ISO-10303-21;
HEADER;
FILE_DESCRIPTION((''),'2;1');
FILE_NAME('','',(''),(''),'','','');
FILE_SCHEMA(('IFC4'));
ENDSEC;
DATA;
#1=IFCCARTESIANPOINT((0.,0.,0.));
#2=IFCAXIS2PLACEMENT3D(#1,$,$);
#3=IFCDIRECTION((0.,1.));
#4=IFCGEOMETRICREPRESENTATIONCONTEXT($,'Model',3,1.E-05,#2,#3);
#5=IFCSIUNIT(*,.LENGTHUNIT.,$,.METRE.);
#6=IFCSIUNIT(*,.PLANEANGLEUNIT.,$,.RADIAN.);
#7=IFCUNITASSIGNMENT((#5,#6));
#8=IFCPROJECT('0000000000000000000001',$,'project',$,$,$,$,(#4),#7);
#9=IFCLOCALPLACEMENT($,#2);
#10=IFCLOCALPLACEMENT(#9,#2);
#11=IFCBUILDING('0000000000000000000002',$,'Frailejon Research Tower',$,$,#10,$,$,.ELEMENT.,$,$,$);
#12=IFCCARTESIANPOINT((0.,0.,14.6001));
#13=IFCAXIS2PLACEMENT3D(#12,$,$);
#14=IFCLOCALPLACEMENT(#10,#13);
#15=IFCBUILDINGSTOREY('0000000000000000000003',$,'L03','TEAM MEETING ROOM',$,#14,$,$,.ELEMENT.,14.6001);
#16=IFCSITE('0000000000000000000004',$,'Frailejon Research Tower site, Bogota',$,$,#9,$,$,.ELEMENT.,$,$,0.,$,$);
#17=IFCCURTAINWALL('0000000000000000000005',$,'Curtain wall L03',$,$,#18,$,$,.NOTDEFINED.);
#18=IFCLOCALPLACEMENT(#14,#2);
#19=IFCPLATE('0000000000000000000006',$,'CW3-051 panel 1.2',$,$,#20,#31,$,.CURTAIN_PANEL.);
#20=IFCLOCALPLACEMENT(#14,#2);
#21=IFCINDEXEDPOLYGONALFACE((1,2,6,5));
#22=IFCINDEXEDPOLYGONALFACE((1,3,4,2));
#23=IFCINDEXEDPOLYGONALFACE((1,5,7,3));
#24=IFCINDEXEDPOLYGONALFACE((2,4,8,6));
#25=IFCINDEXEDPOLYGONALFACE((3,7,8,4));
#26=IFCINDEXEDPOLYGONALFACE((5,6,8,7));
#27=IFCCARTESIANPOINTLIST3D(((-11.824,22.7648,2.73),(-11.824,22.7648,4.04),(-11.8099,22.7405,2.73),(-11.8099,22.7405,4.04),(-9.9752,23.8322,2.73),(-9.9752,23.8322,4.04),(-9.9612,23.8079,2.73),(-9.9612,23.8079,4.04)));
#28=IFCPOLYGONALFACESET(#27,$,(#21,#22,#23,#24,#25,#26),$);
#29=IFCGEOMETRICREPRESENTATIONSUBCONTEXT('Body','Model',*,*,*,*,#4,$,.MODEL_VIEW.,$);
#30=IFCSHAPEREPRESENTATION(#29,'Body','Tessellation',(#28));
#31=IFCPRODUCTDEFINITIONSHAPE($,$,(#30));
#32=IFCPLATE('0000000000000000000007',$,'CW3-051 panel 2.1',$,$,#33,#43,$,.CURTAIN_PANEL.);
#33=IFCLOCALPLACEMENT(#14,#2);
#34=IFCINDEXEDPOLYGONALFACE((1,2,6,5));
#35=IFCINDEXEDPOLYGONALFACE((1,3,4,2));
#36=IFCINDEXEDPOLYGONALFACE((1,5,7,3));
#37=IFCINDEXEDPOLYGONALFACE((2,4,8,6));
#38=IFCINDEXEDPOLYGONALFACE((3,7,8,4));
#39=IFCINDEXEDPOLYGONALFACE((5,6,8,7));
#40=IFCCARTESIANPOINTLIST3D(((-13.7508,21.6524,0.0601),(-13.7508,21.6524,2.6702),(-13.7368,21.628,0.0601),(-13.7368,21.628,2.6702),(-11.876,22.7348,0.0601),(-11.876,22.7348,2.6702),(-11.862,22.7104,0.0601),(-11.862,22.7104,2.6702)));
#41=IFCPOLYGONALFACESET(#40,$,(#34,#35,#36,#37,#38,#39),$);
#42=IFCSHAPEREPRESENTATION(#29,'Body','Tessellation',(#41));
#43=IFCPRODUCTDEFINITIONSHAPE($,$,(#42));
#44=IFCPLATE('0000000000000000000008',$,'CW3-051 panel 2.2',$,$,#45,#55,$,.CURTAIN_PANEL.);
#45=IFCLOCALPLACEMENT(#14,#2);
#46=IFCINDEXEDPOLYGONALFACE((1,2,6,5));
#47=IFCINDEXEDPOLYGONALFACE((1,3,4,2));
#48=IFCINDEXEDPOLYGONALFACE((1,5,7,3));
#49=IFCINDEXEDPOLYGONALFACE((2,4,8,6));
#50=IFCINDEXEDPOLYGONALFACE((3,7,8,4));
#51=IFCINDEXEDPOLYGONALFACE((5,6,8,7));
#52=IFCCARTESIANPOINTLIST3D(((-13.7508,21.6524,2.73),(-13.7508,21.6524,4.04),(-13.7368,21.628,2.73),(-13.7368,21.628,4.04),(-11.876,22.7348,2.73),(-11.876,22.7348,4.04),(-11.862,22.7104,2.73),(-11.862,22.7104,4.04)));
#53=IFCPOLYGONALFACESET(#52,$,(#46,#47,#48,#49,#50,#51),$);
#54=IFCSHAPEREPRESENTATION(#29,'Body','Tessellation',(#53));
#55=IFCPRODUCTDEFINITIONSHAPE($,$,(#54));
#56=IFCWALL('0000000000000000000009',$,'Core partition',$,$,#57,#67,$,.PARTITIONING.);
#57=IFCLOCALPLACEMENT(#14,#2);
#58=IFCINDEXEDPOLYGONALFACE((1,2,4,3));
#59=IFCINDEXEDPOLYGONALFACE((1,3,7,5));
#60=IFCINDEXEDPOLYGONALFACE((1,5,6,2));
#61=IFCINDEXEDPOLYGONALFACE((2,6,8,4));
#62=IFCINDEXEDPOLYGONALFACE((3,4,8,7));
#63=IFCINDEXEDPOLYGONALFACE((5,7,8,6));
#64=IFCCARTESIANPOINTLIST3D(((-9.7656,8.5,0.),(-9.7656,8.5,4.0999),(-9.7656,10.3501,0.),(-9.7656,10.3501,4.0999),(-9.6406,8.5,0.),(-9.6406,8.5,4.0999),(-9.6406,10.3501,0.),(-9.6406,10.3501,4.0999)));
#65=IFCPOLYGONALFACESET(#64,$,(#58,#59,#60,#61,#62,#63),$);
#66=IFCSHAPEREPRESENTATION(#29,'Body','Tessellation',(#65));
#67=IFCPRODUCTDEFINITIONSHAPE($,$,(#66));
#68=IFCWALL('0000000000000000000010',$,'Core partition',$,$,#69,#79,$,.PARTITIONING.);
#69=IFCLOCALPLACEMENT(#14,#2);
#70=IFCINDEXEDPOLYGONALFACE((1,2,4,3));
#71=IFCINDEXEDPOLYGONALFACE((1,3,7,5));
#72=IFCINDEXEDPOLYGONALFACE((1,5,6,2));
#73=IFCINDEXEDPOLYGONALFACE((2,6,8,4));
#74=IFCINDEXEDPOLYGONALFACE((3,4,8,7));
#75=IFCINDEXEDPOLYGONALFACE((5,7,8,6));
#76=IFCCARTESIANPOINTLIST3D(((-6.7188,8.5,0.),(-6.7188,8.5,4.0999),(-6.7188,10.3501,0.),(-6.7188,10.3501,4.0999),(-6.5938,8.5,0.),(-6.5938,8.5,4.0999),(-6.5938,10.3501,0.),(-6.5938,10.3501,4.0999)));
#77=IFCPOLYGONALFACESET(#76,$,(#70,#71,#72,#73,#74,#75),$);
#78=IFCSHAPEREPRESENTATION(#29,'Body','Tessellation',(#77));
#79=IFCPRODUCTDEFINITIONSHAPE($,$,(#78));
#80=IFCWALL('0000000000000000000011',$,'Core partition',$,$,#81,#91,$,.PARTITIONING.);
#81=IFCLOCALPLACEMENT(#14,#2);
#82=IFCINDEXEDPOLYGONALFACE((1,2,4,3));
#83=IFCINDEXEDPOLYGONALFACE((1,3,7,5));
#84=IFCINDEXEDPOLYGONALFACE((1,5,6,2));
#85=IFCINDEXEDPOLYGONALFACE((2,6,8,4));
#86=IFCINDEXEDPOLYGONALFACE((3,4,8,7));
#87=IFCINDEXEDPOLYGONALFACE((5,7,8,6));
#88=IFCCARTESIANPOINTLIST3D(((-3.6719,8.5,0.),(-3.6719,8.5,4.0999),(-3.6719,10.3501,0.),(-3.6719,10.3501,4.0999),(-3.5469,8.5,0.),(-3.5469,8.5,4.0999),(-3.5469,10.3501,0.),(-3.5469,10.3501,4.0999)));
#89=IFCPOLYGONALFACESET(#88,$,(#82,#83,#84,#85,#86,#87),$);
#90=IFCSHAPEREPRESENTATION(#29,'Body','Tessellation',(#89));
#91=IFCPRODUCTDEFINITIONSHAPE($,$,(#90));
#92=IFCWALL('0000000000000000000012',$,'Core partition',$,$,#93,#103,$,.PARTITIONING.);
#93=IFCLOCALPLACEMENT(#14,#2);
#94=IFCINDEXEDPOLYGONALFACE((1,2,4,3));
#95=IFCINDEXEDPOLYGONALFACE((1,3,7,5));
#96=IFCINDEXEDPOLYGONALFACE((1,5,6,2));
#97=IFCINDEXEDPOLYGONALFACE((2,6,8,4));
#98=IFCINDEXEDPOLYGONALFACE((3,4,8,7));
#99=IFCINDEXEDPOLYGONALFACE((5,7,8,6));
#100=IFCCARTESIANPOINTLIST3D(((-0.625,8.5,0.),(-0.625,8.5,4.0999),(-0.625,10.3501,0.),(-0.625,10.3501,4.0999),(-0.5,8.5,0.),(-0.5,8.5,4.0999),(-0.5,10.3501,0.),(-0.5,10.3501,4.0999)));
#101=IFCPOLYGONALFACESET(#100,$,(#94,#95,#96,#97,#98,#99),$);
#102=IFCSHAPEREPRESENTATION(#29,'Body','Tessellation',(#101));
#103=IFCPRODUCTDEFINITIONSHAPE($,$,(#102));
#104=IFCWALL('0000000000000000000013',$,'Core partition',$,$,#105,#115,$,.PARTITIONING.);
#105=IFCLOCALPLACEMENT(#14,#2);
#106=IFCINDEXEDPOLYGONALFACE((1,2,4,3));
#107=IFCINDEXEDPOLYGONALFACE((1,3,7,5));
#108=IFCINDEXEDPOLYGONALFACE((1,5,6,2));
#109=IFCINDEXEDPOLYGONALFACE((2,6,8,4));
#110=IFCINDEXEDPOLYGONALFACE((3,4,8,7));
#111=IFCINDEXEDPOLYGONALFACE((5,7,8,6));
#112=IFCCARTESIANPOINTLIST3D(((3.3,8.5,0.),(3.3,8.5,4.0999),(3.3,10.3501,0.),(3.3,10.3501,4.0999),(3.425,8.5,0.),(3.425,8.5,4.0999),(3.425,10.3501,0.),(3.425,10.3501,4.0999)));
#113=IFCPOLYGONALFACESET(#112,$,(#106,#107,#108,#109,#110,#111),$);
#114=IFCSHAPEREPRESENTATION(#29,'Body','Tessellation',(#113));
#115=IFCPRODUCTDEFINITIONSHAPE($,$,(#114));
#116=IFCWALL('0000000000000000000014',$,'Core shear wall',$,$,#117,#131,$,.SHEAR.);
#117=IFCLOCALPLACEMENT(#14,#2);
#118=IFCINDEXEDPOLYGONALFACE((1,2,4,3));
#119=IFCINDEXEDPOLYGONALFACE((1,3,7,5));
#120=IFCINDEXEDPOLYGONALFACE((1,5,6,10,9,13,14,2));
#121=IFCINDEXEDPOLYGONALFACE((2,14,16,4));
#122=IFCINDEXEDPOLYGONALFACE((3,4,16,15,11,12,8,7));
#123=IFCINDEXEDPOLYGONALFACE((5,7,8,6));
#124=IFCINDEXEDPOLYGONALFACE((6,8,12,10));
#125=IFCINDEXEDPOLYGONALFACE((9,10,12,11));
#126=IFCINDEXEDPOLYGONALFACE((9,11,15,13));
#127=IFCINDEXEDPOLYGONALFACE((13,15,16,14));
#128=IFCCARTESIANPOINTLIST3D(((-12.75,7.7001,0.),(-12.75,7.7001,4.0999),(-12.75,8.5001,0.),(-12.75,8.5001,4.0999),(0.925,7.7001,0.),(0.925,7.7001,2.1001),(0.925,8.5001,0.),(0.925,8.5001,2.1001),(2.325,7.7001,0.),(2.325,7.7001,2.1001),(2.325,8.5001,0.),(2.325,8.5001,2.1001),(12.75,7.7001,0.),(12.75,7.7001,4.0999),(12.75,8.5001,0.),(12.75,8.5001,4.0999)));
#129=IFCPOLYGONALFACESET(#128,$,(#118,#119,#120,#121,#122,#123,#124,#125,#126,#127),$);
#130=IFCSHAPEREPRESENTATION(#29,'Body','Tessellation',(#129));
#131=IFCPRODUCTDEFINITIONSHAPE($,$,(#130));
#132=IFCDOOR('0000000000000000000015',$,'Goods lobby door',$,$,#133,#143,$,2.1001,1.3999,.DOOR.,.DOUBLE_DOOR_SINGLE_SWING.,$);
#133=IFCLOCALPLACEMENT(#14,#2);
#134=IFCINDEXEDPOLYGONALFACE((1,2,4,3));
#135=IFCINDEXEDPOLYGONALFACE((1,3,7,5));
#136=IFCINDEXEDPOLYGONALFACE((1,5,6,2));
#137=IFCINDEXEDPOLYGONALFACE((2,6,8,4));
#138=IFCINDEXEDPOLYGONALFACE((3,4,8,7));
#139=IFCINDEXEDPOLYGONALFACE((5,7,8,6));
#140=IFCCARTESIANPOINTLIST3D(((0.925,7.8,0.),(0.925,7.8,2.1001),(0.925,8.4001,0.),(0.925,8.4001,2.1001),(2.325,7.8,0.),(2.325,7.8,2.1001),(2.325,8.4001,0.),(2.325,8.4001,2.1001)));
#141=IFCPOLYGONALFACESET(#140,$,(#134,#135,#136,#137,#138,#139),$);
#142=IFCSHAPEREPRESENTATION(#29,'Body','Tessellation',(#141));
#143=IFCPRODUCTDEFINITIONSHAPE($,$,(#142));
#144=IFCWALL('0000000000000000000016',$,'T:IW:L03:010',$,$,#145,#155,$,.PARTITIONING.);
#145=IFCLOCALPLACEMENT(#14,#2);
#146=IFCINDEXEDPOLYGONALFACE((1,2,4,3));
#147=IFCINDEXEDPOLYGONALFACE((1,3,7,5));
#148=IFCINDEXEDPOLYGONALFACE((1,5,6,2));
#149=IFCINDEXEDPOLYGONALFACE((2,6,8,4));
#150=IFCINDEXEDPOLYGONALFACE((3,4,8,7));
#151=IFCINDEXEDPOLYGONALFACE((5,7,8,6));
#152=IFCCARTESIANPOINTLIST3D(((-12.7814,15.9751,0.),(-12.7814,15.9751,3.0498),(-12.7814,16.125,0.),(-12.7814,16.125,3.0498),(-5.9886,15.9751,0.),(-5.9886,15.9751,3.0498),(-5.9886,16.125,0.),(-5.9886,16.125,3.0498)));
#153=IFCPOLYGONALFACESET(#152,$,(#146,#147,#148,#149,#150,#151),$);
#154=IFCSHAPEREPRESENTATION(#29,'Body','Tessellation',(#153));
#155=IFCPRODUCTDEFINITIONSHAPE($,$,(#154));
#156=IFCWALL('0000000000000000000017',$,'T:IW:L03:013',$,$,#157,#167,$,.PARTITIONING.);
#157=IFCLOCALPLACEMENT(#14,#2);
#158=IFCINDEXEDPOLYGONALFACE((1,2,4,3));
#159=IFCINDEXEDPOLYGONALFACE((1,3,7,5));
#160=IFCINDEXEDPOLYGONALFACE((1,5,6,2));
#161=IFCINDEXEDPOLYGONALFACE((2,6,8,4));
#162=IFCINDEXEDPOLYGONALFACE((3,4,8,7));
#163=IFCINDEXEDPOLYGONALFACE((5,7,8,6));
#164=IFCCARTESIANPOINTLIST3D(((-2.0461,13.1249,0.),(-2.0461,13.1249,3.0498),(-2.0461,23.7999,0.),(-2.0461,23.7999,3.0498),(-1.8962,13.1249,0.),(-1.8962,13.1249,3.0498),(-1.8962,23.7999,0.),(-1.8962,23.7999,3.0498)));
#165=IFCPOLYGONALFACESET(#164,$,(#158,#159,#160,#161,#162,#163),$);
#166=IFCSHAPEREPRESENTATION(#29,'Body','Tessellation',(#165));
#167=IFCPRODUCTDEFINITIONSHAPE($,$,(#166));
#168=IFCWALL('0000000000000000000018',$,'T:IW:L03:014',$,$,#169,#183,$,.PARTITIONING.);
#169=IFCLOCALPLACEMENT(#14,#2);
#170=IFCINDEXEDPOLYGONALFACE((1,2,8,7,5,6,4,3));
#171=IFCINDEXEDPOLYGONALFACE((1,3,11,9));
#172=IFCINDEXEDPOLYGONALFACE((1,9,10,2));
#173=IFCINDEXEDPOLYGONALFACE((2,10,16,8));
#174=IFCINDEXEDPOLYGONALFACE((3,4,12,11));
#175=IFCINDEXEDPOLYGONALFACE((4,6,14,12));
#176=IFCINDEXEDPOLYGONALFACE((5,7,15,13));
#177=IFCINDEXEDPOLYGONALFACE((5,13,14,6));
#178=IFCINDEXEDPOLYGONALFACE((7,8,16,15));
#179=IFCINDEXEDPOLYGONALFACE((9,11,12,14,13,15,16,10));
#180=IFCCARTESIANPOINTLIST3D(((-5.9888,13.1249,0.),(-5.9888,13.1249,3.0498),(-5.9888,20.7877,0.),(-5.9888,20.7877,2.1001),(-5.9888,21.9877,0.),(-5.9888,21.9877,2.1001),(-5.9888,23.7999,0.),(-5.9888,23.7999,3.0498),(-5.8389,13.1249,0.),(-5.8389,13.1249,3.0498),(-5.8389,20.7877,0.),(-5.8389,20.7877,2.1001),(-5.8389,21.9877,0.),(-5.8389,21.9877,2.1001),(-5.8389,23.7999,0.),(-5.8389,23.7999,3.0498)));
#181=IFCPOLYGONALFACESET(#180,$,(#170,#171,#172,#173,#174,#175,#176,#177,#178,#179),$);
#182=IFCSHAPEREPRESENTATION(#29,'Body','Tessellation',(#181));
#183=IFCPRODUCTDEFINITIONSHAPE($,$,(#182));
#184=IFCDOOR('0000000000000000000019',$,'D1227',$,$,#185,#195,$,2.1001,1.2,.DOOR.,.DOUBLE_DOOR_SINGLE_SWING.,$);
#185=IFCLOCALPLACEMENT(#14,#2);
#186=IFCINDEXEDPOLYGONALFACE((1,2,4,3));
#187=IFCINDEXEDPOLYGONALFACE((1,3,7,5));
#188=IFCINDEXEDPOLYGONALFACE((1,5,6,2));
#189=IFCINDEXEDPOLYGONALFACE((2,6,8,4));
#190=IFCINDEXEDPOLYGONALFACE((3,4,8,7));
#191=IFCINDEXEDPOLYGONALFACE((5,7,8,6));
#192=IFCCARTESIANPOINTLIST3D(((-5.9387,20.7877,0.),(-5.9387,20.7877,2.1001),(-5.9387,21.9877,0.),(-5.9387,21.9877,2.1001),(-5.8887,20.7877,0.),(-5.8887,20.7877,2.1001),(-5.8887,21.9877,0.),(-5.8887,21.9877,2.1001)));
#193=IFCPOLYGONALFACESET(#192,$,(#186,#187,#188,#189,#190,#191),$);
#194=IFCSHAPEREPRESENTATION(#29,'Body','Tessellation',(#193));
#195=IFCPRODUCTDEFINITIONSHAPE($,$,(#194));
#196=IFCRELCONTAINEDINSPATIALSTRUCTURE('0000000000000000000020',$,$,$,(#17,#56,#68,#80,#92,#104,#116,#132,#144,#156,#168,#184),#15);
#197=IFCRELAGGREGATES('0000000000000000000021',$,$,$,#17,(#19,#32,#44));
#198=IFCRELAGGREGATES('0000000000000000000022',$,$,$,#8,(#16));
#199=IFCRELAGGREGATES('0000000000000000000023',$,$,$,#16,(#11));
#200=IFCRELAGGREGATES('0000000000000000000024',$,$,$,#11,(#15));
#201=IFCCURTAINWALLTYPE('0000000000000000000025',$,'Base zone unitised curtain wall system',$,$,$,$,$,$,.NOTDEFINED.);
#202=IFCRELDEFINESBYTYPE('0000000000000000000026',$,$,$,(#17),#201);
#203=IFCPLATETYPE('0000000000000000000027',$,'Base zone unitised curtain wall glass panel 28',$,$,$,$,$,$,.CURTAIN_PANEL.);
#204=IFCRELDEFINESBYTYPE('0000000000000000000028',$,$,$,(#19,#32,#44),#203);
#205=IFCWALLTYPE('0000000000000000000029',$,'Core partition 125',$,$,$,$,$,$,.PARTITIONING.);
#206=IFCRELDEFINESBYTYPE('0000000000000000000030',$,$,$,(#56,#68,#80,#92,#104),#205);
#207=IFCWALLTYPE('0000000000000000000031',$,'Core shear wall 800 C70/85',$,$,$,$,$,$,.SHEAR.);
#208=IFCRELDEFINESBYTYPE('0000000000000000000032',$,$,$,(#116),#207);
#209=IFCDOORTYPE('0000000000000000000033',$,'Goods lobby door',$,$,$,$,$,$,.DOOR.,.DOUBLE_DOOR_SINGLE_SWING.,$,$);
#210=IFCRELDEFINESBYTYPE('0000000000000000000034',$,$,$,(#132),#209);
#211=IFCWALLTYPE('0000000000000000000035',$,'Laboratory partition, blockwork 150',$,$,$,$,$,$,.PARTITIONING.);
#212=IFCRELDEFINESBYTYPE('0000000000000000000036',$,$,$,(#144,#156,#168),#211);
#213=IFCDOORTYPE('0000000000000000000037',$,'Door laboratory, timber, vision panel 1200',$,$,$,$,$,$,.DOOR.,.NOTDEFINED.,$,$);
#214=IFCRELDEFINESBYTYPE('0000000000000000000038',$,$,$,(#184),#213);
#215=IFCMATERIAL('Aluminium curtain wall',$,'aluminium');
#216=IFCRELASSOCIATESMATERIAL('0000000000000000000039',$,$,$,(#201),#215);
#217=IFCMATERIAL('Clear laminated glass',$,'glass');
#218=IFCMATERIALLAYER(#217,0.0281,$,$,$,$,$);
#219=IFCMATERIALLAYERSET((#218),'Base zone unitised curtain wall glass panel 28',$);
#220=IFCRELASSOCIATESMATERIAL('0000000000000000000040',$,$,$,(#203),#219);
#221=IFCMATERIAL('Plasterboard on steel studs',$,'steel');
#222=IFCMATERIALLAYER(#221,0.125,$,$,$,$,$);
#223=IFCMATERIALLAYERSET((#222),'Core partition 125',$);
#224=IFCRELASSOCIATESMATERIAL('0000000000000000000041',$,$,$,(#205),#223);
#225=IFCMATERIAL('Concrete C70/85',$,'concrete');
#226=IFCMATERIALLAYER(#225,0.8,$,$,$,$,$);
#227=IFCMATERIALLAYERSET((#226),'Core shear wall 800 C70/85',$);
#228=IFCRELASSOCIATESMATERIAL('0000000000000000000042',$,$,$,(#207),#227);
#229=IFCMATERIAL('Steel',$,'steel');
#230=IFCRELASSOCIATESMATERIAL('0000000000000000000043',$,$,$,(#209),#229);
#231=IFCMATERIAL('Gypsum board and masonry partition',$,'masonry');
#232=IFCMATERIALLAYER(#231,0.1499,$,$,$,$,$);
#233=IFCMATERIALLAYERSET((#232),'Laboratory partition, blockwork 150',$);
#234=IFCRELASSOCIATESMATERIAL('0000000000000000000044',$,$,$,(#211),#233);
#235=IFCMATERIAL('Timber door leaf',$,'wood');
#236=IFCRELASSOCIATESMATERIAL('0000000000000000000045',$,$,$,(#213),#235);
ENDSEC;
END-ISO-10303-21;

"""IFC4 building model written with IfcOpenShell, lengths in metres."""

from ifc_helpers import new_model, si_unit, direction, frame, frame_2d, origin, origin_2d, place, context, subcontext, project, spatial, rectangle, extrude, material, layer, layer_set, type_object, element, fill, aggregate, save


model = new_model("IFC4")

# Units and contexts
model_context = context("Model", 3, precision=1e-05, world=origin(), true_north=direction((0.0, 1.0)))
body_context = subcontext(model_context, "Body", "Model", "MODEL_VIEW")
ifc_project = project(units=[si_unit("LENGTHUNIT", "METRE"), si_unit("PLANEANGLEUNIT", "RADIAN")], contexts=[model_context])

# Site, building, storey
site_placement = place(None, origin())
site = spatial("IfcSite", under=ifc_project, at=site_placement, Name="Frailejon Research Tower site, Bogota", CompositionType="ELEMENT", RefElevation=0.0)
building_placement = place(site_placement, origin())
building = spatial("IfcBuilding", under=site, at=building_placement, Name="Frailejon Research Tower", CompositionType="ELEMENT")
storey_placement = place(building_placement, frame((0.0, 0.0, 14.6001)))
storey = spatial("IfcBuildingStorey", under=building, at=storey_placement, Name="L03", Description="TEAM MEETING ROOM", CompositionType="ELEMENT", Elevation=14.6001)

# Shared definitions
ifc_material_1 = material(Name="Aluminium curtain wall", Category="aluminium")
curtain_wall_type = type_object("IfcCurtainWallType", Name="Base zone unitised curtain wall system", PredefinedType="NOTDEFINED", material=ifc_material_1)

# Curtain wall
curtain_wall_1_placement = place(storey_placement, origin())
curtain_wall_1 = element("IfcCurtainWall", 1, at=curtain_wall_1_placement, inside=storey, type_object=curtain_wall_type, Name="Curtain wall L03", PredefinedType="NOTDEFINED")

# Plates
ifc_material_2 = material(Name="Clear laminated glass", Category="glass")
ifc_layer_1 = layer(ifc_material_2, 0.0281)
ifc_layer_set_1 = layer_set([ifc_layer_1], Name="Base zone unitised curtain wall glass panel 28")
plate_type = type_object("IfcPlateType", Name="Base zone unitised curtain wall glass panel 28", PredefinedType="CURTAIN_PANEL", material=ifc_layer_set_1)
plate_1_placement = place(storey_placement, frame((-10.8926, 23.2864, 2.73), z_axis=(0.0, 0.0, 1.0), x_axis=(-0.866026, -0.499998, 0.0)))
plate_1 = element("IfcPlate", 2, at=plate_1_placement, type_object=plate_type, Name="CW3-051 panel 1.2", PredefinedType="CURTAIN_PANEL", context=body_context, shape_type="SweptSolid", body=[
    extrude(rectangle(XDim=2.1348, YDim=0.0281, at=origin_2d()), origin(), (0.0, 0.0, 1.0), 1.3101),
])
plate_2_placement = place(storey_placement, frame((-12.8064, 22.1814, 0.0601), z_axis=(0.0, 0.0, 1.0), x_axis=(-0.866026, -0.499998, 0.0)))
plate_2 = element("IfcPlate", 3, at=plate_2_placement, type_object=plate_type, Name="CW3-051 panel 2.1", PredefinedType="CURTAIN_PANEL", context=body_context, shape_type="SweptSolid", body=[
    extrude(rectangle(XDim=2.1648, YDim=0.0281, at=origin_2d()), origin(), (0.0, 0.0, 1.0), 2.6101),
])
plate_3_placement = place(storey_placement, frame((-12.8064, 22.1814, 2.73), z_axis=(0.0, 0.0, 1.0), x_axis=(-0.866026, -0.499998, 0.0)))
plate_3 = element("IfcPlate", 4, at=plate_3_placement, type_object=plate_type, Name="CW3-051 panel 2.2", PredefinedType="CURTAIN_PANEL", context=body_context, shape_type="SweptSolid", body=[
    extrude(rectangle(XDim=2.1648, YDim=0.0281, at=origin_2d()), origin(), (0.0, 0.0, 1.0), 1.3101),
])
aggregate(curtain_wall_1, [plate_1, plate_2, plate_3])

# Walls
ifc_material_3 = material(Name="Plasterboard on steel studs", Category="steel")
ifc_layer_2 = layer(ifc_material_3, 0.125)
ifc_layer_set_2 = layer_set([ifc_layer_2], Name="Core partition 125")
wall_type_1 = type_object("IfcWallType", Name="Core partition 125", PredefinedType="PARTITIONING", material=ifc_layer_set_2)
for number, where, z_axis, x_axis, name in (
    (5, (-9.7031, 8.5, 0.0), (0.0, 0.0, 1.0), (0.0, 1.0, 0.0), "Core partition"),
    (6, (-6.6562, 8.5, 0.0), (0.0, 0.0, 1.0), (0.0, 1.0, 0.0), "Core partition"),
    (7, (-3.6094, 8.5, 0.0), (0.0, 0.0, 1.0), (0.0, 1.0, 0.0), "Core partition"),
    (8, (-0.5625, 8.5, 0.0), (0.0, 0.0, 1.0), (0.0, 1.0, 0.0), "Core partition"),
    (9, (3.3625, 8.5, 0.0), (0.0, 0.0, 1.0), (0.0, 1.0, 0.0), "Core partition"),
):
    element("IfcWall", number, at=place(storey_placement, frame(where, z_axis=z_axis, x_axis=x_axis)), inside=storey, type_object=wall_type_1, Name=name, PredefinedType="PARTITIONING", context=body_context, shape_type="SweptSolid", body=[
        extrude(rectangle(XDim=1.8501, YDim=0.125, at=frame_2d((0.925, 0.0))), origin(), (0.0, 0.0, 1.0), 4.0999),
    ])

# Wall, opening, door
ifc_material_4 = material(Name="Concrete C70/85", Category="concrete")
ifc_layer_3 = layer(ifc_material_4, 0.8)
ifc_layer_set_3 = layer_set([ifc_layer_3], Name="Core shear wall 800 C70/85")
wall_type_2 = type_object("IfcWallType", Name="Core shear wall 800 C70/85", PredefinedType="SHEAR", material=ifc_layer_set_3)
wall_1_placement = place(storey_placement, frame((-12.75, 8.1001, 0.0), z_axis=(0.0, 0.0, 1.0), x_axis=(1.0, 0.0, 0.0)))
wall_1 = element("IfcWall", 10, at=wall_1_placement, inside=storey, type_object=wall_type_2, Name="Core shear wall", PredefinedType="SHEAR", context=body_context, shape_type="SweptSolid", body=[
    extrude(rectangle(XDim=25.5, YDim=0.8, at=frame_2d((12.75, 0.0))), origin(), (0.0, 0.0, 1.0), 4.0999),
])
opening_1_placement = place(wall_1_placement, frame((13.675, 0.0, 0.0)))
opening_1 = element("IfcOpeningElement", 11, at=opening_1_placement, cuts=wall_1, PredefinedType="OPENING", context=body_context, shape_type="SweptSolid", body=[
    extrude(rectangle(XDim=1.3999, YDim=2.1001, at=frame_2d((0.7, 1.05))), frame((0.0, 0.4099, 0.0), z_axis=(0.0, -1.0, 0.0), x_axis=(1.0, 0.0, 0.0)), (0.0, 0.0, 1.0), 0.8201),
])
ifc_material_5 = material(Name="Steel", Category="steel")
door_type_1 = type_object("IfcDoorType", Name="Goods lobby door", OperationType="DOUBLE_DOOR_SINGLE_SWING", PredefinedType="DOOR", material=ifc_material_5)
door_1_placement = place(opening_1_placement, origin())
door_1 = element("IfcDoor", 12, at=door_1_placement, inside=storey, type_object=door_type_1, Name="Goods lobby door", OperationType="DOUBLE_DOOR_SINGLE_SWING", OverallHeight=2.1001, OverallWidth=1.3999, PredefinedType="DOOR", context=body_context, shape_type="SweptSolid", body=[
    extrude(rectangle(XDim=1.3999, YDim=2.1001, at=frame_2d((0.7, 1.05))), frame((0.0, 0.3, 0.0), z_axis=(0.0, -1.0, 0.0), x_axis=(1.0, 0.0, 0.0)), (0.0, 0.0, 1.0), 0.6001),
])
fill(opening_1, door_1)

# Walls
ifc_material_6 = material(Name="Gypsum board and masonry partition", Category="masonry")
ifc_layer_4 = layer(ifc_material_6, 0.1499)
ifc_layer_set_4 = layer_set([ifc_layer_4], Name="Laboratory partition, blockwork 150")
wall_type_3 = type_object("IfcWallType", Name="Laboratory partition, blockwork 150", PredefinedType="PARTITIONING", material=ifc_layer_set_4)
wall_2_placement = place(storey_placement, frame((-12.7815, 16.05, 0.0), z_axis=(0.0, 0.0, 1.0), x_axis=(1.0, 0.0, 0.0)))
element("IfcWall", 13, at=wall_2_placement, inside=storey, type_object=wall_type_3, Name="T:IW:L03:010", PredefinedType="PARTITIONING", context=body_context, shape_type="SweptSolid", body=[
    extrude(rectangle(XDim=6.7927, YDim=0.1499, at=frame_2d((3.3965, 0.0))), origin(), (0.0, 0.0, 1.0), 3.0498),
])
wall_3_placement = place(storey_placement, frame((-1.9712, 13.125, 0.0), z_axis=(0.0, 0.0, 1.0), x_axis=(0.0, 1.0, 0.0)))
element("IfcWall", 14, at=wall_3_placement, inside=storey, type_object=wall_type_3, Name="T:IW:L03:013", PredefinedType="PARTITIONING", context=body_context, shape_type="SweptSolid", body=[
    extrude(rectangle(XDim=10.675, YDim=0.1499, at=frame_2d((5.3374, 0.0))), origin(), (0.0, 0.0, 1.0), 3.0498),
])

# Wall, opening, door
wall_4_placement = place(storey_placement, frame((-5.9138, 13.125, 0.0), z_axis=(0.0, 0.0, 1.0), x_axis=(0.0, 1.0, 0.0)))
wall_4 = element("IfcWall", 15, at=wall_4_placement, inside=storey, type_object=wall_type_3, Name="T:IW:L03:014", PredefinedType="PARTITIONING", context=body_context, shape_type="SweptSolid", body=[
    extrude(rectangle(XDim=10.675, YDim=0.1499, at=frame_2d((5.3374, 0.0))), origin(), (0.0, 0.0, 1.0), 3.0498),
])
opening_2_placement = place(wall_4_placement, frame((7.6626, 0.0, 0.0)))
opening_2 = element("IfcOpeningElement", 16, at=opening_2_placement, cuts=wall_4, PredefinedType="OPENING", context=body_context, shape_type="SweptSolid", body=[
    extrude(rectangle(XDim=1.2, YDim=2.1001, at=frame_2d((0.6001, 1.05))), frame((0.0, 0.085, 0.0), z_axis=(0.0, -1.0, 0.0), x_axis=(1.0, 0.0, 0.0)), (0.0, 0.0, 1.0), 0.1699),
])
ifc_material_7 = material(Name="Timber door leaf", Category="wood")
door_type_2 = type_object("IfcDoorType", Name="Door laboratory, timber, vision panel 1200", OperationType="NOTDEFINED", PredefinedType="DOOR", material=ifc_material_7)
door_2_placement = place(opening_2_placement, origin())
door_2 = element("IfcDoor", 17, at=door_2_placement, inside=storey, type_object=door_type_2, Name="D1227", OperationType="DOUBLE_DOOR_SINGLE_SWING", OverallHeight=2.1001, OverallWidth=1.2, PredefinedType="DOOR", context=body_context, shape_type="SweptSolid", body=[
    extrude(rectangle(XDim=1.2, YDim=2.1001, at=frame_2d((0.6001, 1.05))), frame((0.0, 0.0249, 0.0), z_axis=(0.0, -1.0, 0.0), x_axis=(1.0, 0.0, 0.0)), (0.0, 0.0, 1.0), 0.05),
])
fill(opening_2, door_2)

save(model, "model.ifc")
